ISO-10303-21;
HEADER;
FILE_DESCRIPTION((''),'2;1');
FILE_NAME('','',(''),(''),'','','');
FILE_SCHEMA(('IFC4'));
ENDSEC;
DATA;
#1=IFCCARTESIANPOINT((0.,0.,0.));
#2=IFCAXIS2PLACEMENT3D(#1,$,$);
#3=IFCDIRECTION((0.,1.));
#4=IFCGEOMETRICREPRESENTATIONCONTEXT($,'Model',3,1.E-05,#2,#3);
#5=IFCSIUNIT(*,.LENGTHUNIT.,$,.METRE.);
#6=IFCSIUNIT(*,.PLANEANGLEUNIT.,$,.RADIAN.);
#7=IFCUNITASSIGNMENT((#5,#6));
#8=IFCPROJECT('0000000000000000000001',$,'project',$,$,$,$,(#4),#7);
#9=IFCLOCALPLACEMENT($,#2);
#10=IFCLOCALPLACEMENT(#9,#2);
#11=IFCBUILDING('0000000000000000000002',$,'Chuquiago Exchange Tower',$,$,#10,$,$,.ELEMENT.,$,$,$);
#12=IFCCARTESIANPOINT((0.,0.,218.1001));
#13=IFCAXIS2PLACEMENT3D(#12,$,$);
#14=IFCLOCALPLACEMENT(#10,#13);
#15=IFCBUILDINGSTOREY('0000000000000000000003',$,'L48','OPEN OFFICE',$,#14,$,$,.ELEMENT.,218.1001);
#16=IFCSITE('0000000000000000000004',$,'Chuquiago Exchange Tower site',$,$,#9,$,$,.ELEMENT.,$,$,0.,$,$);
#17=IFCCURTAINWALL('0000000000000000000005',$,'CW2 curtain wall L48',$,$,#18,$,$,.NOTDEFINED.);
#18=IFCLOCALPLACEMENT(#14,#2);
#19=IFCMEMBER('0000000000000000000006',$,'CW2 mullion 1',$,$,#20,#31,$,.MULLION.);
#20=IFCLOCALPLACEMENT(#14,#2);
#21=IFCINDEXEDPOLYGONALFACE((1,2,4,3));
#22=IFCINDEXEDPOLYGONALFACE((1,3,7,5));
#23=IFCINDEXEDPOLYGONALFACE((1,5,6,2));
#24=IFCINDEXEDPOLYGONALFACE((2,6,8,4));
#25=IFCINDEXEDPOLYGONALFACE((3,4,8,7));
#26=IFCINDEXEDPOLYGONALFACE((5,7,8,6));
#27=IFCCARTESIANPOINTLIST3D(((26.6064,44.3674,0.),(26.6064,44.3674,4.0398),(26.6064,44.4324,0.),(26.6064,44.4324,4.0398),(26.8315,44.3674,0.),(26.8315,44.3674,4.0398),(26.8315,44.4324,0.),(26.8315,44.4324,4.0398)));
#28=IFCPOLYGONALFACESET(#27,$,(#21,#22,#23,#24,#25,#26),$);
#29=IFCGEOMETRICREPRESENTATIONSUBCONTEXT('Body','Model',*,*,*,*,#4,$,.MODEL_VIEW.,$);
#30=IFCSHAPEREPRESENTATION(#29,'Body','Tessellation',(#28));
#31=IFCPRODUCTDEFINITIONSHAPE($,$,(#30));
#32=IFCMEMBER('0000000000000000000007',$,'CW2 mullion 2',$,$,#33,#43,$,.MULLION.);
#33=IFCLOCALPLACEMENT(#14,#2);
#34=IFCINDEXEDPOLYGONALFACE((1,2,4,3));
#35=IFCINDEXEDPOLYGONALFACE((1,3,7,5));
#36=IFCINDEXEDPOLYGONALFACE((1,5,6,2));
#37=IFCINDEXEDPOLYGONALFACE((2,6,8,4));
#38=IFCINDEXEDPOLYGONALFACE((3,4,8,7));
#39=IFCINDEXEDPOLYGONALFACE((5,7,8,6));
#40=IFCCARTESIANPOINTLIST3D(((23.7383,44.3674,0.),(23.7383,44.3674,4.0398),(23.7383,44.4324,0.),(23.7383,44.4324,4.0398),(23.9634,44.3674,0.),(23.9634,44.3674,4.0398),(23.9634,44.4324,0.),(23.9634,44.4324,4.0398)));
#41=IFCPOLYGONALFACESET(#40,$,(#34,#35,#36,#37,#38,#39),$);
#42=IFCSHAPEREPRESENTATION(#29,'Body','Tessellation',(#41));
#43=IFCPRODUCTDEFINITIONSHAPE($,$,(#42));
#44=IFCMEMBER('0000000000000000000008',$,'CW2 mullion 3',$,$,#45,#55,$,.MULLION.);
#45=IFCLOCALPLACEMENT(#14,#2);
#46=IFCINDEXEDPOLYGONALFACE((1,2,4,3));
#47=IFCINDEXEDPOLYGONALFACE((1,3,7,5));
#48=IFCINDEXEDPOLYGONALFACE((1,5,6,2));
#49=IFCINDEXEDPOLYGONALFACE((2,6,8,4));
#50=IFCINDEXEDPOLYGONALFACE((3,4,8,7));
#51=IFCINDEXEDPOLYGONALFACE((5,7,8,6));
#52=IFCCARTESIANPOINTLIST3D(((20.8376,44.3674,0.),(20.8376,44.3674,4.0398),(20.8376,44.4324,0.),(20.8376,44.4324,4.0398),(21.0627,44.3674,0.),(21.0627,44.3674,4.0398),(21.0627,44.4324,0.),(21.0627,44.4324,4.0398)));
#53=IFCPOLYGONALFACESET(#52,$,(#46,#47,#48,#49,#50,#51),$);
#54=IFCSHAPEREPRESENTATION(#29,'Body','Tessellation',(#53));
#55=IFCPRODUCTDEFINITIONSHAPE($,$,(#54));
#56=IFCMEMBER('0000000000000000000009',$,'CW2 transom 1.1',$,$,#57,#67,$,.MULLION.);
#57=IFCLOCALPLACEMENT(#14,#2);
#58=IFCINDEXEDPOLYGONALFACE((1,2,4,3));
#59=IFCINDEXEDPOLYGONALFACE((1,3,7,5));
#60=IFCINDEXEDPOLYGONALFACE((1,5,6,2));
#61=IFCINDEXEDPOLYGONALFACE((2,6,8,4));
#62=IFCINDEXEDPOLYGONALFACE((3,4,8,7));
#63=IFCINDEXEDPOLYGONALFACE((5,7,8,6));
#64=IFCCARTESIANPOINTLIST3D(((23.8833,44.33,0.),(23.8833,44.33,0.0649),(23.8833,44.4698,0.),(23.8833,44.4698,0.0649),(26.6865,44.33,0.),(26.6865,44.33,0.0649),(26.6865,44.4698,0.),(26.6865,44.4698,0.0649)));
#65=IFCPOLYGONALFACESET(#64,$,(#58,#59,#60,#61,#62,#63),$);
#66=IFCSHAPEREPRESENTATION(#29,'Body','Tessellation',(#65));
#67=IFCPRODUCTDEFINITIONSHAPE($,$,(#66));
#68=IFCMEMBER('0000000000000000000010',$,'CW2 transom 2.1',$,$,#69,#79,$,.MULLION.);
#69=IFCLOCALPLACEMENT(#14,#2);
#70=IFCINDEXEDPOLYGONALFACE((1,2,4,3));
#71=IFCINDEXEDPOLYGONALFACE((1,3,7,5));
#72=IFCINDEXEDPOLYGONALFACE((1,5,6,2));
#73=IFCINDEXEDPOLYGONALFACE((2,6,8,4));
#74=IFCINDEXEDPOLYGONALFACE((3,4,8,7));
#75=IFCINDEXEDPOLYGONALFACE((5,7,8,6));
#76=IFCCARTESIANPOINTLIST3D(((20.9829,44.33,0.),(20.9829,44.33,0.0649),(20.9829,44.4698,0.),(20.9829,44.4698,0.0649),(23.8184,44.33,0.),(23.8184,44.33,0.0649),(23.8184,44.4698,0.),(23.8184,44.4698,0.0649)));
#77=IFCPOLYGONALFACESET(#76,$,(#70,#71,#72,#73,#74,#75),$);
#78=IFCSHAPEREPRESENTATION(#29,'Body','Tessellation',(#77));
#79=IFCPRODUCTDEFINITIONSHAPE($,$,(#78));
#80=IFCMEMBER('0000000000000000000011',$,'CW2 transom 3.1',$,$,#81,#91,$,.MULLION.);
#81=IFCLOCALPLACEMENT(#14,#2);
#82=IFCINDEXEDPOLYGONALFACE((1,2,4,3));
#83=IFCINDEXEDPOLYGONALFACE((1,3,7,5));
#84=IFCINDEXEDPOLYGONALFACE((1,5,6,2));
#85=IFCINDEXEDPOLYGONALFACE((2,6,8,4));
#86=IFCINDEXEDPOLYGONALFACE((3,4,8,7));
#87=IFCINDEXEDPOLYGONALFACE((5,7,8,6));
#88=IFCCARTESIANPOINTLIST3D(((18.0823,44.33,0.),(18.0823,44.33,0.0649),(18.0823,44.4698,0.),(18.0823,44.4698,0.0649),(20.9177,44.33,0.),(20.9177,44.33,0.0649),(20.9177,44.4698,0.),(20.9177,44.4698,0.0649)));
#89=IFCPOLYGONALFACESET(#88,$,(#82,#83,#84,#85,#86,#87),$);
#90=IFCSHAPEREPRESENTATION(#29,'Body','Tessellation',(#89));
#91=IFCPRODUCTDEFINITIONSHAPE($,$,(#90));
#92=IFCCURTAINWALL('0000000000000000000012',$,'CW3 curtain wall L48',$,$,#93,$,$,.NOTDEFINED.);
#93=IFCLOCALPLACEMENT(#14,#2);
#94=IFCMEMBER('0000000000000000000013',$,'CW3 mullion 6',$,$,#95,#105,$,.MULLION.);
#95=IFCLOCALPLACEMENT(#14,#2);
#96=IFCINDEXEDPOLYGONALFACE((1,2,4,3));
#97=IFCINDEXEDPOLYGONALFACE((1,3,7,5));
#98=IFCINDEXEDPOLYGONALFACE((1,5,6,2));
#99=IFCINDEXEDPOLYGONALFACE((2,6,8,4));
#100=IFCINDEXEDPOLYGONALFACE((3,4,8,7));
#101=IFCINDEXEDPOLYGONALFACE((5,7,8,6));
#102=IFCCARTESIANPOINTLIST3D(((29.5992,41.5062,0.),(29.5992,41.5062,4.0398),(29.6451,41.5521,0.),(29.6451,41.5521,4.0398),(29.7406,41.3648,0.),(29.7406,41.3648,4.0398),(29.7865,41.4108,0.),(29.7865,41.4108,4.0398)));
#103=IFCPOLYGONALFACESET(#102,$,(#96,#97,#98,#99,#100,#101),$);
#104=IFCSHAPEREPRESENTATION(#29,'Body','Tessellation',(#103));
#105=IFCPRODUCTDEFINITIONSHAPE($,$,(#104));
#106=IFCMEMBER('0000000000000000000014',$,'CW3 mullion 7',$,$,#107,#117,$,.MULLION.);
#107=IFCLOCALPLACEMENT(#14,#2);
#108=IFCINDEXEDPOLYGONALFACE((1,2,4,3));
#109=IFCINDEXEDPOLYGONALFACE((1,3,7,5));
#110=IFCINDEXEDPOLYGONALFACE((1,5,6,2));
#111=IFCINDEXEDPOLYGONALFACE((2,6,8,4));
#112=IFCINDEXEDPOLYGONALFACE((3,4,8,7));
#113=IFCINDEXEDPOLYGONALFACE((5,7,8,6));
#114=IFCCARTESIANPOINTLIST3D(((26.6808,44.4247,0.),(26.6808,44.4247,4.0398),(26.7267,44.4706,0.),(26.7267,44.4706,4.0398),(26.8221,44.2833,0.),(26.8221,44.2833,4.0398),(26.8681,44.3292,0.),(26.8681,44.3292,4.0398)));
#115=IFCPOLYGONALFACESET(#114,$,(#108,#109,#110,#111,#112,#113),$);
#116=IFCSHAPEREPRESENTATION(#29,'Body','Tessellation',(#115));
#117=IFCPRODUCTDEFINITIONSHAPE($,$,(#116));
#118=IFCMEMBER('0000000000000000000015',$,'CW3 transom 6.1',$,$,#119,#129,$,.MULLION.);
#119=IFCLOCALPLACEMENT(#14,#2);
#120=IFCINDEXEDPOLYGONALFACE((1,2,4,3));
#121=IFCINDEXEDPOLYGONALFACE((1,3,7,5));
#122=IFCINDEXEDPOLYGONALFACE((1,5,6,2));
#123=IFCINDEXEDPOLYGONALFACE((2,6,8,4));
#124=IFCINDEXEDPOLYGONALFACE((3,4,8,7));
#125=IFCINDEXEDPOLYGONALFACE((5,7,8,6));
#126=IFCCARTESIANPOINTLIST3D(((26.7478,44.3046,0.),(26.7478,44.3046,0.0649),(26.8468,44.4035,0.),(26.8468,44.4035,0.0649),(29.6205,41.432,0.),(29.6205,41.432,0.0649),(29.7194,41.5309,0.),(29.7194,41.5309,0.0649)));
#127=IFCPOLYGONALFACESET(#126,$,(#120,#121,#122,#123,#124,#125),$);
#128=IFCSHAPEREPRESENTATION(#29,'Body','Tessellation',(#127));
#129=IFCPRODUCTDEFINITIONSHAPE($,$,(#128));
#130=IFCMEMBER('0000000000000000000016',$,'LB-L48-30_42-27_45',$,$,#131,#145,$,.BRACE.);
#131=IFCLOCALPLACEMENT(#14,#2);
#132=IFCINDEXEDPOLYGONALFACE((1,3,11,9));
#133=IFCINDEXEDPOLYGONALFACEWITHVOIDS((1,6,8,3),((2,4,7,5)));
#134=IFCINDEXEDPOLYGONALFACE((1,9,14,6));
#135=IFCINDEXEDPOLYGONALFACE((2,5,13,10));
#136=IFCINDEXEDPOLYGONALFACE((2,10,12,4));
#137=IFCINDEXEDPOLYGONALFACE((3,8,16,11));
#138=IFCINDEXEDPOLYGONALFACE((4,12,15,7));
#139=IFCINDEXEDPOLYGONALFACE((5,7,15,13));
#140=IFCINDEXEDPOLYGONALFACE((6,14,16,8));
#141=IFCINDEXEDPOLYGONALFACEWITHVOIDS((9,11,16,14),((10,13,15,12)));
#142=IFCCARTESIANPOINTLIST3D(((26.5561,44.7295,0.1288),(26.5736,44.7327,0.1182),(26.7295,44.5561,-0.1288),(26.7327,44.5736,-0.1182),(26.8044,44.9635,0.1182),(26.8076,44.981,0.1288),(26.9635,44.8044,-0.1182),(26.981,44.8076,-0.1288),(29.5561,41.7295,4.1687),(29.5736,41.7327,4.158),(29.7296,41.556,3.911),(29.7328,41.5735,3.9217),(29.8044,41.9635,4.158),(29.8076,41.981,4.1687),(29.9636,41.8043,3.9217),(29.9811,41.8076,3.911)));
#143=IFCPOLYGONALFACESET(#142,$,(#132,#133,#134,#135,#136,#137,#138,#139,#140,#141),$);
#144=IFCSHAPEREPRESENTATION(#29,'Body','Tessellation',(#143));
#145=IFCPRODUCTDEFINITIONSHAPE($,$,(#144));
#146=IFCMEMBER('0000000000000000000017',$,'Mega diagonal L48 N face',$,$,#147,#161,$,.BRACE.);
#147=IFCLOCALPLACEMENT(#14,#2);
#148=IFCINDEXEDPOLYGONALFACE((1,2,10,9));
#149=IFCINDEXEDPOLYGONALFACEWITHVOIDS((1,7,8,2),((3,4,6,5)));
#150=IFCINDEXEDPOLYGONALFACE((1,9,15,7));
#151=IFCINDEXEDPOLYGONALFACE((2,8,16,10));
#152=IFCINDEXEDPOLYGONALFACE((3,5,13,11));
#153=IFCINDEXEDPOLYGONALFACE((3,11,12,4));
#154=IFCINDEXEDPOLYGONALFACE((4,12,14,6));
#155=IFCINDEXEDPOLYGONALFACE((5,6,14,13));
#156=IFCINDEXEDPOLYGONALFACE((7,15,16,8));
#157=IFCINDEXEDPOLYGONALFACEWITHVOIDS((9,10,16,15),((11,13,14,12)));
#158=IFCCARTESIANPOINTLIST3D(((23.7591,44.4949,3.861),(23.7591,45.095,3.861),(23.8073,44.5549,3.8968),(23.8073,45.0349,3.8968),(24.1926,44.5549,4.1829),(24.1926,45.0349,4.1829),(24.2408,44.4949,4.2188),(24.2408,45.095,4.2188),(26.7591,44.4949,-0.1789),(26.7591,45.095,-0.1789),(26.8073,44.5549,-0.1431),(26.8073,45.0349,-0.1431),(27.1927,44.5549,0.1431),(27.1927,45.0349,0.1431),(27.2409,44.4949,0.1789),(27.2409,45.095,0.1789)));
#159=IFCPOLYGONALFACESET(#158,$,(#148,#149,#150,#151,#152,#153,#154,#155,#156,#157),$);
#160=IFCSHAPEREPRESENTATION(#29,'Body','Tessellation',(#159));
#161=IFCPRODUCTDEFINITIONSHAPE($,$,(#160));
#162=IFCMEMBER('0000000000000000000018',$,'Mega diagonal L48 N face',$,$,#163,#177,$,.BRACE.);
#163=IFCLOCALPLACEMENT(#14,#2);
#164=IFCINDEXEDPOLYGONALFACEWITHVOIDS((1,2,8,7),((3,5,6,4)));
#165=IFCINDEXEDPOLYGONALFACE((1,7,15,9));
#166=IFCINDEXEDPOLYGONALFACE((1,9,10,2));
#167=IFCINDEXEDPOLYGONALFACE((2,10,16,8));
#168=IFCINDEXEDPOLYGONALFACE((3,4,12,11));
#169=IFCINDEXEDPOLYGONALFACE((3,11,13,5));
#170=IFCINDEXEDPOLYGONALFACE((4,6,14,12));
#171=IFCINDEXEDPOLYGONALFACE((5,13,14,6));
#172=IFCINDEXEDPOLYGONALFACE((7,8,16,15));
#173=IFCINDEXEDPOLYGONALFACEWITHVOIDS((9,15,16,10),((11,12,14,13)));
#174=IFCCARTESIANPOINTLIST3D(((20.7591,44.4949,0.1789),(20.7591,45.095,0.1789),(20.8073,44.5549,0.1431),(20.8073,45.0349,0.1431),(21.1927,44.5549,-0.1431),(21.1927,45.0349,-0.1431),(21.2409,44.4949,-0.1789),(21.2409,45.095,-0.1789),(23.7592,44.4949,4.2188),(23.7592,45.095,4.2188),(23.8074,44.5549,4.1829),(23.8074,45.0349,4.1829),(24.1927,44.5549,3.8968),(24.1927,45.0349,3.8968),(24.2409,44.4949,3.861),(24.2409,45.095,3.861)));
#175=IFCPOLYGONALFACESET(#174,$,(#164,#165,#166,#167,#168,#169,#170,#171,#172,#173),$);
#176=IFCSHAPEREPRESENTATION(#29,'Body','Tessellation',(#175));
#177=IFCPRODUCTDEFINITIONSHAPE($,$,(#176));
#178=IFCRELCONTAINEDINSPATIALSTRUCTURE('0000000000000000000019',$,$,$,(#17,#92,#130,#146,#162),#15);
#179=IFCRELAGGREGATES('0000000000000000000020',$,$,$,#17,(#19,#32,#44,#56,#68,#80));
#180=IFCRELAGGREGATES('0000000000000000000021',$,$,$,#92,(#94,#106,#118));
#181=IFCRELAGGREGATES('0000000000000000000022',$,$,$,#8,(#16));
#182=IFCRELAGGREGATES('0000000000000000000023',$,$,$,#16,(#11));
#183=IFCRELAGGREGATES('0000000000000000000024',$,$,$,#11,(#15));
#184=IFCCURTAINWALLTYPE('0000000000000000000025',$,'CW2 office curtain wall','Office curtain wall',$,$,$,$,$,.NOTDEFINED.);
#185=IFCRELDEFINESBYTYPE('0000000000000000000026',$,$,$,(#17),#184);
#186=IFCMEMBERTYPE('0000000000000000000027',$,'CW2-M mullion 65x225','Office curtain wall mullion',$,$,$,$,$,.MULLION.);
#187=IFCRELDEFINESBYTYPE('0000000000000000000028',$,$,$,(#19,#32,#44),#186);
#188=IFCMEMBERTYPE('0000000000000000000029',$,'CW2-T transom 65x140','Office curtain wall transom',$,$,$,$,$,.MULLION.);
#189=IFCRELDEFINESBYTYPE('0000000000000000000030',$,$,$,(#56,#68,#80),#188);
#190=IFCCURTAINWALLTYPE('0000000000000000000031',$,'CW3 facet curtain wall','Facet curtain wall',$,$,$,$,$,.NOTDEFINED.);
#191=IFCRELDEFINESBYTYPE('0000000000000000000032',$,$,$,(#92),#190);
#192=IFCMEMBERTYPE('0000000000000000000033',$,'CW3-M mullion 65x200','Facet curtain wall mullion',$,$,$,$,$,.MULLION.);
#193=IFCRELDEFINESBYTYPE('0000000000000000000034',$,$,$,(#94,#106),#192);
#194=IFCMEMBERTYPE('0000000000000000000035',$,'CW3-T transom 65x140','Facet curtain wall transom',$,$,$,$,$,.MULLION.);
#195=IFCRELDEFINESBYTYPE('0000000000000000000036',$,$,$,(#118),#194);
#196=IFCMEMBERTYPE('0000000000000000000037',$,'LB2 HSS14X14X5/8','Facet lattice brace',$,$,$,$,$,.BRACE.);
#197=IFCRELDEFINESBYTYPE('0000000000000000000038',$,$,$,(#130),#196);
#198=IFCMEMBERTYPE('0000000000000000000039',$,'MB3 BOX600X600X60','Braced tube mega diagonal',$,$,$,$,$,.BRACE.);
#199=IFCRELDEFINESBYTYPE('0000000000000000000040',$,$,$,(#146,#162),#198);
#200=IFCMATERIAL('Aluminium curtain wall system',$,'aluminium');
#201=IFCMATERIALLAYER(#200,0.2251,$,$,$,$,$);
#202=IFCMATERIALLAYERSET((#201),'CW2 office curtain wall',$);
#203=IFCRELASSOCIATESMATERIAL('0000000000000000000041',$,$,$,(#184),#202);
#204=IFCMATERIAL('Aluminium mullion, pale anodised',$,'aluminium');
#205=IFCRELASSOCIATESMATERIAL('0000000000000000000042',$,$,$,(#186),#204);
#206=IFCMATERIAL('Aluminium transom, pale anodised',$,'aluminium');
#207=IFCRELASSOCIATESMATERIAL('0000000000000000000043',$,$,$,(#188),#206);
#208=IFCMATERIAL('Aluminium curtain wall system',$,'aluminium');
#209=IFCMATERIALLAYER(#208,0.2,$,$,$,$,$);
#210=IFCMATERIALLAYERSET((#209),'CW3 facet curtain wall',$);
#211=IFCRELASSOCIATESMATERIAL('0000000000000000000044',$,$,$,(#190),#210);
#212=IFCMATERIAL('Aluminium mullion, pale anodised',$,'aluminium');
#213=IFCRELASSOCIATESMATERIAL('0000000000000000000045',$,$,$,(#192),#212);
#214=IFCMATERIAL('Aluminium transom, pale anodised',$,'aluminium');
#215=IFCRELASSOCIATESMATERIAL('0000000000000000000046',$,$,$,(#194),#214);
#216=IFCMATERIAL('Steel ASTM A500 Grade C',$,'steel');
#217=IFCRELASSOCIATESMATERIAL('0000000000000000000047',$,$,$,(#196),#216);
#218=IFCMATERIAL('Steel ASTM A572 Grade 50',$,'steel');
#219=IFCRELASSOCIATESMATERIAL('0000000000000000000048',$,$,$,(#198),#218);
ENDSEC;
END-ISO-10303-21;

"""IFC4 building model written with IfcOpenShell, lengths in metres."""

from ifc_helpers import new_model, si_unit, direction, frame, origin, origin_2d, place, context, subcontext, project, spatial, rectangle, hollow_rectangle, extrude, material, layer, layer_set, material_profile, profile_set, type_object, element, aggregate, save


model = new_model("IFC4")

# Units and contexts
model_context = context("Model", 3, precision=1e-05, world=origin(), true_north=direction((0.0, 1.0)))
body_context = subcontext(model_context, "Body", "Model", "MODEL_VIEW")
ifc_project = project(units=[si_unit("LENGTHUNIT", "METRE"), si_unit("PLANEANGLEUNIT", "RADIAN")], contexts=[model_context])

# Site, building, storey
site_placement = place(None, origin())
site = spatial("IfcSite", under=ifc_project, at=site_placement, Name="Chuquiago Exchange Tower site", CompositionType="ELEMENT", RefElevation=0.0)
building_placement = place(site_placement, origin())
building = spatial("IfcBuilding", under=site, at=building_placement, Name="Chuquiago Exchange Tower", CompositionType="ELEMENT")
storey_placement = place(building_placement, frame((0.0, 0.0, 218.1001)))
storey = spatial("IfcBuildingStorey", under=building, at=storey_placement, Name="L48", Description="OPEN OFFICE", CompositionType="ELEMENT", Elevation=218.1001)

# Curtain walls, members
ifc_material_1 = material(Name="Aluminium curtain wall system", Category="aluminium")
ifc_layer_1 = layer(ifc_material_1, 0.2251)
ifc_layer_set_1 = layer_set([ifc_layer_1], Name="CW2 office curtain wall")
curtain_wall_type_1 = type_object("IfcCurtainWallType", Name="CW2 office curtain wall", Description="Office curtain wall", PredefinedType="NOTDEFINED", material=ifc_layer_set_1)
curtain_wall_1_placement = place(storey_placement, origin())
curtain_wall_1 = element("IfcCurtainWall", 1, at=curtain_wall_1_placement, inside=storey, type_object=curtain_wall_type_1, Name="CW2 curtain wall L48", PredefinedType="NOTDEFINED")
ifc_material_2 = material(Name="Aluminium mullion, pale anodised", Category="aluminium")
ifc_material_profile_1 = material_profile(ifc_material_2, rectangle(XDim=0.0649, YDim=0.2251, at=origin_2d()), Name="AL 65x225")
ifc_profile_set_1 = profile_set([ifc_material_profile_1], Name="Aluminium mullion, pale anodised")
member_type_1 = type_object("IfcMemberType", Name="CW2-M mullion 65x225", Description="Office curtain wall mullion", PredefinedType="MULLION", material=ifc_profile_set_1)
member_1_placement = place(storey_placement, frame((26.719, 44.3999, 0.0), z_axis=(0.0, 0.0, 1.0), x_axis=(0.0, -1.0, 0.0)))
member_1 = element("IfcMember", 2, at=member_1_placement, type_object=member_type_1, Name="CW2 mullion 1", PredefinedType="MULLION", context=body_context, shape_type="SweptSolid", body=[
    extrude(rectangle(XDim=0.0649, YDim=0.2251, at=origin_2d()), origin(), (0.0, 0.0, 1.0), 4.0398),
])
member_2_placement = place(storey_placement, frame((23.8508, 44.3999, 0.0), z_axis=(0.0, 0.0, 1.0), x_axis=(0.0, -1.0, 0.0)))
member_2 = element("IfcMember", 3, at=member_2_placement, type_object=member_type_1, Name="CW2 mullion 2", PredefinedType="MULLION", context=body_context, shape_type="SweptSolid", body=[
    extrude(rectangle(XDim=0.0649, YDim=0.2251, at=origin_2d()), origin(), (0.0, 0.0, 1.0), 4.0398),
])
member_3_placement = place(storey_placement, frame((20.9502, 44.3999, 0.0), z_axis=(0.0, 0.0, 1.0), x_axis=(0.0, -1.0, 0.0)))
member_3 = element("IfcMember", 4, at=member_3_placement, type_object=member_type_1, Name="CW2 mullion 3", PredefinedType="MULLION", context=body_context, shape_type="SweptSolid", body=[
    extrude(rectangle(XDim=0.0649, YDim=0.2251, at=origin_2d()), origin(), (0.0, 0.0, 1.0), 4.0398),
])
ifc_material_3 = material(Name="Aluminium transom, pale anodised", Category="aluminium")
ifc_material_profile_2 = material_profile(ifc_material_3, rectangle(XDim=0.1399, YDim=0.0649, at=origin_2d()), Name="AL 140x65")
ifc_profile_set_2 = profile_set([ifc_material_profile_2], Name="Aluminium transom, pale anodised")
member_type_2 = type_object("IfcMemberType", Name="CW2-T transom 65x140", Description="Office curtain wall transom", PredefinedType="MULLION", material=ifc_profile_set_2)
member_4_placement = place(storey_placement, frame((26.6865, 44.3999, 0.0325), z_axis=(-1.0, 0.0, 0.0), x_axis=(0.0, -1.0, 0.0)))
member_4 = element("IfcMember", 5, at=member_4_placement, type_object=member_type_2, Name="CW2 transom 1.1", PredefinedType="MULLION", context=body_context, shape_type="SweptSolid", body=[
    extrude(rectangle(XDim=0.1399, YDim=0.0649, at=origin_2d()), origin(), (0.0, 0.0, 1.0), 2.8032),
])
member_5_placement = place(storey_placement, frame((23.8184, 44.3999, 0.0325), z_axis=(-1.0, 0.0, 0.0), x_axis=(0.0, -1.0, 0.0)))
member_5 = element("IfcMember", 6, at=member_5_placement, type_object=member_type_2, Name="CW2 transom 2.1", PredefinedType="MULLION", context=body_context, shape_type="SweptSolid", body=[
    extrude(rectangle(XDim=0.1399, YDim=0.0649, at=origin_2d()), origin(), (0.0, 0.0, 1.0), 2.8354),
])
member_6_placement = place(storey_placement, frame((20.9177, 44.3999, 0.0325), z_axis=(-1.0, 0.0, 0.0), x_axis=(0.0, -1.0, 0.0)))
member_6 = element("IfcMember", 7, at=member_6_placement, type_object=member_type_2, Name="CW2 transom 3.1", PredefinedType="MULLION", context=body_context, shape_type="SweptSolid", body=[
    extrude(rectangle(XDim=0.1399, YDim=0.0649, at=origin_2d()), origin(), (0.0, 0.0, 1.0), 2.8354),
])
ifc_material_4 = material(Name="Aluminium curtain wall system", Category="aluminium")
ifc_layer_2 = layer(ifc_material_4, 0.2)
ifc_layer_set_2 = layer_set([ifc_layer_2], Name="CW3 facet curtain wall")
curtain_wall_type_2 = type_object("IfcCurtainWallType", Name="CW3 facet curtain wall", Description="Facet curtain wall", PredefinedType="NOTDEFINED", material=ifc_layer_set_2)
curtain_wall_2_placement = place(storey_placement, origin())
curtain_wall_2 = element("IfcCurtainWall", 8, at=curtain_wall_2_placement, inside=storey, type_object=curtain_wall_type_2, Name="CW3 curtain wall L48", PredefinedType="NOTDEFINED")
ifc_material_5 = material(Name="Aluminium mullion, pale anodised", Category="aluminium")
ifc_material_profile_3 = material_profile(ifc_material_5, rectangle(XDim=0.0649, YDim=0.2, at=origin_2d()), Name="AL 65x200")
ifc_profile_set_3 = profile_set([ifc_material_profile_3], Name="Aluminium mullion, pale anodised")
member_type_3 = type_object("IfcMemberType", Name="CW3-M mullion 65x200", Description="Facet curtain wall mullion", PredefinedType="MULLION", material=ifc_profile_set_3)
member_7_placement = place(storey_placement, frame((29.6929, 41.4585, 0.0), z_axis=(0.0, 0.0, 1.0), x_axis=(-0.707107, -0.707107, 0.0)))
member_7 = element("IfcMember", 9, at=member_7_placement, type_object=member_type_3, Name="CW3 mullion 6", PredefinedType="MULLION", context=body_context, shape_type="SweptSolid", body=[
    extrude(rectangle(XDim=0.0649, YDim=0.2, at=origin_2d()), origin(), (0.0, 0.0, 1.0), 4.0398),
])
member_8_placement = place(storey_placement, frame((26.7744, 44.377, 0.0), z_axis=(0.0, 0.0, 1.0), x_axis=(-0.707107, -0.707107, 0.0)))
member_8 = element("IfcMember", 10, at=member_8_placement, type_object=member_type_3, Name="CW3 mullion 7", PredefinedType="MULLION", context=body_context, shape_type="SweptSolid", body=[
    extrude(rectangle(XDim=0.0649, YDim=0.2, at=origin_2d()), origin(), (0.0, 0.0, 1.0), 4.0398),
])
ifc_material_6 = material(Name="Aluminium transom, pale anodised", Category="aluminium")
ifc_material_profile_4 = material_profile(ifc_material_6, rectangle(XDim=0.1399, YDim=0.0649, at=origin_2d()), Name="AL 140x65")
ifc_profile_set_4 = profile_set([ifc_material_profile_4], Name="Aluminium transom, pale anodised")
member_type_4 = type_object("IfcMemberType", Name="CW3-T transom 65x140", Description="Facet curtain wall transom", PredefinedType="MULLION", material=ifc_profile_set_4)
member_9_placement = place(storey_placement, frame((29.6699, 41.4814, 0.0325), z_axis=(-0.707107, 0.707107, 0.0), x_axis=(-0.707107, -0.707107, 0.0)))
member_9 = element("IfcMember", 11, at=member_9_placement, type_object=member_type_4, Name="CW3 transom 6.1", PredefinedType="MULLION", context=body_context, shape_type="SweptSolid", body=[
    extrude(rectangle(XDim=0.1399, YDim=0.0649, at=origin_2d()), origin(), (0.0, 0.0, 1.0), 4.0625),
])

# Members
ifc_material_7 = material(Name="Steel ASTM A500 Grade C", Category="steel")
ifc_material_profile_5 = material_profile(ifc_material_7, hollow_rectangle(XDim=0.3557, YDim=0.3557, WallThickness=0.0146, at=origin_2d()), Name="HSS14X14X5/8")
ifc_profile_set_5 = profile_set([ifc_material_profile_5], Name="Steel ASTM A500 Grade C")
member_type_5 = type_object("IfcMemberType", Name="LB2 HSS14X14X5/8", Description="Facet lattice brace", PredefinedType="BRACE", material=ifc_profile_set_5)
member_10_placement = place(storey_placement, frame((26.7686, 44.7686, 0.0), z_axis=(0.512092, -0.512092, 0.689582), x_axis=(0.707107, 0.707107, 0.0)))
element("IfcMember", 12, at=member_10_placement, inside=storey, type_object=member_type_5, Name="LB-L48-30_42-27_45", PredefinedType="BRACE", context=body_context, shape_type="SweptSolid", body=[
    extrude(hollow_rectangle(XDim=0.3557, YDim=0.3557, WallThickness=0.0146, at=origin_2d()), origin(), (0.0, 0.0, 1.0), 5.8584),
])
ifc_material_8 = material(Name="Steel ASTM A572 Grade 50", Category="steel")
ifc_material_profile_6 = material_profile(ifc_material_8, hollow_rectangle(XDim=0.6001, YDim=0.6001, WallThickness=0.0601, at=origin_2d()), Name="BOX600X600X60")
ifc_profile_set_6 = profile_set([ifc_material_profile_6], Name="Steel ASTM A572 Grade 50")
member_type_6 = type_object("IfcMemberType", Name="MB3 BOX600X600X60", Description="Braced tube mega diagonal", PredefinedType="BRACE", material=ifc_profile_set_6)
for number, where, z_axis, x_axis, name in (
    (13, (27.0, 44.7949, 0.0), (-0.596197, 0.0, 0.802838), (0.0, -1.0, 0.0), "Mega diagonal L48 N face"),
    (14, (21.0, 44.7949, 0.0), (0.596197, 0.0, 0.802838), (0.0, 1.0, 0.0), "Mega diagonal L48 N face"),
):
    element("IfcMember", number, at=place(storey_placement, frame(where, z_axis=z_axis, x_axis=x_axis)), inside=storey, type_object=member_type_6, Name=name, PredefinedType="BRACE", context=body_context, shape_type="SweptSolid", body=[
        extrude(hollow_rectangle(XDim=0.6001, YDim=0.6001, WallThickness=0.0601, at=origin_2d()), origin(), (0.0, 0.0, 1.0), 5.032),
    ])

aggregate(curtain_wall_1, [member_1, member_2, member_3, member_4, member_5, member_6])
aggregate(curtain_wall_2, [member_7, member_8, member_9])

save(model, "model.ifc")
